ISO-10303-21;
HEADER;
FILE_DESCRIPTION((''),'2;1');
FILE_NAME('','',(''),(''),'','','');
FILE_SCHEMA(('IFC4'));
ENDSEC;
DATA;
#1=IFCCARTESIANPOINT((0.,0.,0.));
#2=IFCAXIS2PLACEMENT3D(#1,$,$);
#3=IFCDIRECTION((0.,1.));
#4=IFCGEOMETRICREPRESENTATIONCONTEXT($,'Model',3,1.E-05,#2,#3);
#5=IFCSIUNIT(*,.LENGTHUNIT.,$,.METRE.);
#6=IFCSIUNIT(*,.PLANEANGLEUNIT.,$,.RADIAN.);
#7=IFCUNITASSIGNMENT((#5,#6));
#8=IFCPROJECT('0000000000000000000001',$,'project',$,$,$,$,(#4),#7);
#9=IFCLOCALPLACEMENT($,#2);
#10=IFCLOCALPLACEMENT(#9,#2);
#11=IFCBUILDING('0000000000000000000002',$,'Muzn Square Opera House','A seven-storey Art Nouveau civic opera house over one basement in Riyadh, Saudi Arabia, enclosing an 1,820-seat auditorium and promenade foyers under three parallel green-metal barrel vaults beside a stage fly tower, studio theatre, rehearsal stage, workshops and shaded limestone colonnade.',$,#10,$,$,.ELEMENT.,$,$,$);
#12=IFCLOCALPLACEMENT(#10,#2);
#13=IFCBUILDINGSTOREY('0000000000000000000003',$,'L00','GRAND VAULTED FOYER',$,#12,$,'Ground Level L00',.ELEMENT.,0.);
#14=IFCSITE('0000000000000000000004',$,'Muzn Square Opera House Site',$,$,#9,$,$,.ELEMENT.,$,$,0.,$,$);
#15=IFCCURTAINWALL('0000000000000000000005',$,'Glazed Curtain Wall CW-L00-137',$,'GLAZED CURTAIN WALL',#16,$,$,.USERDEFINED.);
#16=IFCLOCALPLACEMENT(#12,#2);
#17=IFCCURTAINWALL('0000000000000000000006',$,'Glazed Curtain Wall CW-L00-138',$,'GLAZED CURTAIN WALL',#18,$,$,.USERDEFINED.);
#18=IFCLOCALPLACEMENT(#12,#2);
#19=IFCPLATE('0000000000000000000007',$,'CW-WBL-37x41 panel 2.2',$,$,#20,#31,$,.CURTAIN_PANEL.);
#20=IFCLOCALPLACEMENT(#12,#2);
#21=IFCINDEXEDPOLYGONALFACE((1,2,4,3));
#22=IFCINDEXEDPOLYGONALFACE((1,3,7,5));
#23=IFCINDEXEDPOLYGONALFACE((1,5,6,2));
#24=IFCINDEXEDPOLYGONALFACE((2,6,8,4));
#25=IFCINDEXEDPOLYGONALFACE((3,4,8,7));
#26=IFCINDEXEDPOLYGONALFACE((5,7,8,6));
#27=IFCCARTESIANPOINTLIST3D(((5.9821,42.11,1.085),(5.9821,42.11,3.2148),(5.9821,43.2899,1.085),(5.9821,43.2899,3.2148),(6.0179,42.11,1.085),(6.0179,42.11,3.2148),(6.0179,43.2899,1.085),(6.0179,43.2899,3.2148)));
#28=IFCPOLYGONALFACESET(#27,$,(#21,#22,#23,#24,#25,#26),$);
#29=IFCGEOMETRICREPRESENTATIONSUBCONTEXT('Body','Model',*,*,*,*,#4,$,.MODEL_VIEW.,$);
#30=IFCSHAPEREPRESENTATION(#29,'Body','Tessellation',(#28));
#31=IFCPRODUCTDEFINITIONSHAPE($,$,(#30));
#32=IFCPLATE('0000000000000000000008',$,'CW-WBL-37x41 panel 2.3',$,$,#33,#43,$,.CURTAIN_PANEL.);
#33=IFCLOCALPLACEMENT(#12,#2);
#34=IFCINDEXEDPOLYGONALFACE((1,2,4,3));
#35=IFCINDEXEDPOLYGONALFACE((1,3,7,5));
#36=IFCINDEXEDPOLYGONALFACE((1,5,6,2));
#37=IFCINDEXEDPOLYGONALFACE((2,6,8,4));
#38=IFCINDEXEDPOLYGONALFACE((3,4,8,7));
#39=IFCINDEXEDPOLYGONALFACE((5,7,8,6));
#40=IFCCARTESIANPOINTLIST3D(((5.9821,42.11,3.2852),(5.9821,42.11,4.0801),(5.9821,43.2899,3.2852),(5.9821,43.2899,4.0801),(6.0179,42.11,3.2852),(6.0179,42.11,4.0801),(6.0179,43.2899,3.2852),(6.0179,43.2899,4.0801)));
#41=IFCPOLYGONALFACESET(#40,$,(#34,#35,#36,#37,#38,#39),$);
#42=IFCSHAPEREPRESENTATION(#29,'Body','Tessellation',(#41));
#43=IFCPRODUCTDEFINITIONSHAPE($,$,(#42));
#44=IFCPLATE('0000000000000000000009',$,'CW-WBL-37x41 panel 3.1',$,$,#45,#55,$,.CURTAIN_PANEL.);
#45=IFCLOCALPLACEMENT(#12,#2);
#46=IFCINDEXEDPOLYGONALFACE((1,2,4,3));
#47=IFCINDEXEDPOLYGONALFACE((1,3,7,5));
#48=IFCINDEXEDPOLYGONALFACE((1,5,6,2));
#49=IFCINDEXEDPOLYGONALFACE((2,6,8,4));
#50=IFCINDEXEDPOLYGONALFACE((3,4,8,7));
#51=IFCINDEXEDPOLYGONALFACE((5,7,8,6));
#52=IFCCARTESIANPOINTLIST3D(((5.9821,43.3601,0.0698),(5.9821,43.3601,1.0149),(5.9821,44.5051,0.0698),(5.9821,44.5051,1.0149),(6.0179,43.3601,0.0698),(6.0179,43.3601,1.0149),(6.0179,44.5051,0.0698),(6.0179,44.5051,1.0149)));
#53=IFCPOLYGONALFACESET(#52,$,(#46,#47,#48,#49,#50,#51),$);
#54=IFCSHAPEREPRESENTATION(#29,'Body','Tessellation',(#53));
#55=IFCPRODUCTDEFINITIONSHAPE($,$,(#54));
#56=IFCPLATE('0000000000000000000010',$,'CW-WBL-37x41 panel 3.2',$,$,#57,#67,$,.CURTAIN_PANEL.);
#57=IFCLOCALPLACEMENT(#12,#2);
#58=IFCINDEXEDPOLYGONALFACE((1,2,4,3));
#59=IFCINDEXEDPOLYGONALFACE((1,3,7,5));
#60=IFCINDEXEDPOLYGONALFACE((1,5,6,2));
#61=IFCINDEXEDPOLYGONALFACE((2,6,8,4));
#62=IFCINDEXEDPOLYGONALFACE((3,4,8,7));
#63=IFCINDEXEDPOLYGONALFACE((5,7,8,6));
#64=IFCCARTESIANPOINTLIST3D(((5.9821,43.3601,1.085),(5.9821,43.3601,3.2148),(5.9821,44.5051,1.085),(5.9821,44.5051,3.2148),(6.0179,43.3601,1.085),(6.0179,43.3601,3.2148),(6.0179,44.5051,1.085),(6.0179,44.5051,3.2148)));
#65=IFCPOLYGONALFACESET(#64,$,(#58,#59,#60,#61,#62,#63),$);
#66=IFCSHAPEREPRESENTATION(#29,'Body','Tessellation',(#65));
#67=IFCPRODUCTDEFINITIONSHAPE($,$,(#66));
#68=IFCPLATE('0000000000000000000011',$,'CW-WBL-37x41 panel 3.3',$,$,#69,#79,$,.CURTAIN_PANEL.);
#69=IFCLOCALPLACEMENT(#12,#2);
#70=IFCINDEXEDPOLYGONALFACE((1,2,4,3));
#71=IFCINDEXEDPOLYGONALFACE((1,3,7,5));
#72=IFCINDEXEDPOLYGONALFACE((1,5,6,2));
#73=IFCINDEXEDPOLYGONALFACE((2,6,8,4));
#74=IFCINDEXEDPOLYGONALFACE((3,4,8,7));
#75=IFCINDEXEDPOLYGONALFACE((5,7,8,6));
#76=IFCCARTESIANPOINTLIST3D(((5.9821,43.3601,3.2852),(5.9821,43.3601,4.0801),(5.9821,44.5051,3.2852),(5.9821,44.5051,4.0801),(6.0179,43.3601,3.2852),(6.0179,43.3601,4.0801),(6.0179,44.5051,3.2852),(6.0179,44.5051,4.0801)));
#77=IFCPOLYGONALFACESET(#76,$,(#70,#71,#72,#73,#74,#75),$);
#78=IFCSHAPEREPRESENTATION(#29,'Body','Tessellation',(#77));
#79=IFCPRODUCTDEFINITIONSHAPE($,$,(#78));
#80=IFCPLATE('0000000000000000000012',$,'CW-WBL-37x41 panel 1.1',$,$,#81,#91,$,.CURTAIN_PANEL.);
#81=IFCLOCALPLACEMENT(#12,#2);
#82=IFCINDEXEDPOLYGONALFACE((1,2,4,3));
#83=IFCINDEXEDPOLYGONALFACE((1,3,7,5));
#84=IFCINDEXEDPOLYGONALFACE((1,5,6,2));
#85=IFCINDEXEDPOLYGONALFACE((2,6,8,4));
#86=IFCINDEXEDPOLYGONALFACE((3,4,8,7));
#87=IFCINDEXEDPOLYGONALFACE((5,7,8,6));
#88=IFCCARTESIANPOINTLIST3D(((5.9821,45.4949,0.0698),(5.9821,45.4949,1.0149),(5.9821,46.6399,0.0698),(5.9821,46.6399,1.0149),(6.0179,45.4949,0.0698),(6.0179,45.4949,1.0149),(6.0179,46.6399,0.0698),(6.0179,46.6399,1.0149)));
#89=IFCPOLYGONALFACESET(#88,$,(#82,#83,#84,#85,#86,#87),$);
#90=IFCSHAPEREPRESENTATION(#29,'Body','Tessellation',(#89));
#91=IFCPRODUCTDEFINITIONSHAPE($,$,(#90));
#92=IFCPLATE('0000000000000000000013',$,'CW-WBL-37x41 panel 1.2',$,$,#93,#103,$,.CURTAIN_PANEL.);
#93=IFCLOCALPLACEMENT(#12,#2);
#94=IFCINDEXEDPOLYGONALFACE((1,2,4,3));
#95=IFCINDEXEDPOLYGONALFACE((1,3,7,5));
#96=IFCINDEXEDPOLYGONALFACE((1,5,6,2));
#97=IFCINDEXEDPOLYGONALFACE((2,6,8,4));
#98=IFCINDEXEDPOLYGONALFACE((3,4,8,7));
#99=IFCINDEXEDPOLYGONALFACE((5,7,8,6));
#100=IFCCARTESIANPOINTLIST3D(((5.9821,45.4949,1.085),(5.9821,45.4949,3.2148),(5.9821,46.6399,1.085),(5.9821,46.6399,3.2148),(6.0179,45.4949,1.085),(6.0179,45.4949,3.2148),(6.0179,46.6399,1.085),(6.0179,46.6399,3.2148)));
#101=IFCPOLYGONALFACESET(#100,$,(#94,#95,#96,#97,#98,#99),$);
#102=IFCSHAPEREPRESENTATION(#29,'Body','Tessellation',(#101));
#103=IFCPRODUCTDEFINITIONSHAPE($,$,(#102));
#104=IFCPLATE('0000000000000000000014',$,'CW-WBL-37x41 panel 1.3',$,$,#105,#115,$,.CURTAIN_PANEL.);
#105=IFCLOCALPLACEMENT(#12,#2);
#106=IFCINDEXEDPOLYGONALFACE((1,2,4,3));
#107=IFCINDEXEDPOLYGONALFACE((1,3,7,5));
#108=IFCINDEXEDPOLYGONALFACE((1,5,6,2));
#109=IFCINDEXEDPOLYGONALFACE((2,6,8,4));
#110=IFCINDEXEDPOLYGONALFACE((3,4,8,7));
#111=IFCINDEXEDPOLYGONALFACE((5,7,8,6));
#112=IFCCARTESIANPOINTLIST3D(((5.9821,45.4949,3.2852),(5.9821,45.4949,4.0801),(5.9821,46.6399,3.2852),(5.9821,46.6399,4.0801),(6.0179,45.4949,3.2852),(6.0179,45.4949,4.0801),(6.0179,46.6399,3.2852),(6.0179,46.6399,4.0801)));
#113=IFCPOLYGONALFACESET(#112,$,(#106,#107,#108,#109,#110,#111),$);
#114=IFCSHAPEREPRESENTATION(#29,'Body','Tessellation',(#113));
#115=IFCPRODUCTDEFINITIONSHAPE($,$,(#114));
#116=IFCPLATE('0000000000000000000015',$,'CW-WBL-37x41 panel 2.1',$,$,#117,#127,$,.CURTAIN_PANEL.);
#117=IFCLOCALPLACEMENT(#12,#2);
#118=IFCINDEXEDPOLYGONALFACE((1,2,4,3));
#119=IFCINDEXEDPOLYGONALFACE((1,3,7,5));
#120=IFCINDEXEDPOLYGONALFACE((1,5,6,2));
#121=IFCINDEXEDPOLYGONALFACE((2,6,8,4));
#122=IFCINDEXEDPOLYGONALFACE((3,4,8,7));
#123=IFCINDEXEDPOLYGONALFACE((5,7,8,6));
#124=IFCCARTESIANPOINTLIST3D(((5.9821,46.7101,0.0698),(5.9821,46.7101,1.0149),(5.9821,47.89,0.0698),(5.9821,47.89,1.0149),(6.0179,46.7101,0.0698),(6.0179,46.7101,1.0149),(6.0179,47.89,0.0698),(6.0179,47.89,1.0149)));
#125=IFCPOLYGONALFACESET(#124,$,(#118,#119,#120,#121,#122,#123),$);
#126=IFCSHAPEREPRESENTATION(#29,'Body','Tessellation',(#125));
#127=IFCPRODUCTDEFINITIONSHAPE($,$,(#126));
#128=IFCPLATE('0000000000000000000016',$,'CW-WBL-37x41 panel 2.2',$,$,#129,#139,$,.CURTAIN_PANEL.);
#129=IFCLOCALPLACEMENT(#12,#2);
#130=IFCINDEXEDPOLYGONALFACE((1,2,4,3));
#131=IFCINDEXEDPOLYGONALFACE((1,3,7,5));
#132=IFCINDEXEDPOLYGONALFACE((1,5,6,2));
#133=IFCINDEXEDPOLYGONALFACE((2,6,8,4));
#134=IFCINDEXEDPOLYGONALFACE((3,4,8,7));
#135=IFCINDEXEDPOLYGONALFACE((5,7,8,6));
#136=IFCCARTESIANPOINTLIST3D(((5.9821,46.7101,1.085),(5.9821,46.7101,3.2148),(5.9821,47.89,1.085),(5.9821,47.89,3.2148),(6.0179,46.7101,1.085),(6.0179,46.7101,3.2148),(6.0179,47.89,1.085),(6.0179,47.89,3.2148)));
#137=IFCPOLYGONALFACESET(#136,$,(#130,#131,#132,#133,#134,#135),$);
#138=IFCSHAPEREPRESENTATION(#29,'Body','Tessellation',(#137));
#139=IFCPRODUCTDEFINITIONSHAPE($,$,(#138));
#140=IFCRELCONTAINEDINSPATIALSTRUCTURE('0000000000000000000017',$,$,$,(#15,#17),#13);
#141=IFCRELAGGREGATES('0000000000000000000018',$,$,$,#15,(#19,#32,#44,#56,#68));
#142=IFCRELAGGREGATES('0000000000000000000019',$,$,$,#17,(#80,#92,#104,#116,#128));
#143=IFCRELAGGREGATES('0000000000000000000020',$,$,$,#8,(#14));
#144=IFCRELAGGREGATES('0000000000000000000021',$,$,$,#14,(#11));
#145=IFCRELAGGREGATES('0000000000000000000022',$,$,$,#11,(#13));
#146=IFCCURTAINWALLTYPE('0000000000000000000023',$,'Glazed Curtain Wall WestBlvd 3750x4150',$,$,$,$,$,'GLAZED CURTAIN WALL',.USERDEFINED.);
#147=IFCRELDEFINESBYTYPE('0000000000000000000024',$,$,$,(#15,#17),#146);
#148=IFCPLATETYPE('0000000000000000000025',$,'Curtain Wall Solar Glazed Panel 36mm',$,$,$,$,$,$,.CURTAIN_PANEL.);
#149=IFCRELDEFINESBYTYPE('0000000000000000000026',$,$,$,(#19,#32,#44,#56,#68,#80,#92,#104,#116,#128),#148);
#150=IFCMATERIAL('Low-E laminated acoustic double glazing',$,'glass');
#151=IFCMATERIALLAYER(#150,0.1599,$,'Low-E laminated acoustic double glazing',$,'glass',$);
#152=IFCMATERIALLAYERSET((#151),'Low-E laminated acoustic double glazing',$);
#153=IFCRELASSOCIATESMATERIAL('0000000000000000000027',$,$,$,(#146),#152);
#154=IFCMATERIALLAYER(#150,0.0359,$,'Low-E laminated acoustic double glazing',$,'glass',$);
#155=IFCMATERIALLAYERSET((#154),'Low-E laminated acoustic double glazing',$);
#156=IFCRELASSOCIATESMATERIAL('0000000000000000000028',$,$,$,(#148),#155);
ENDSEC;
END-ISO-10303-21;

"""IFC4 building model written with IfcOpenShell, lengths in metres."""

from ifc_helpers import new_model, si_unit, direction, frame, origin, origin_2d, place, context, subcontext, project, spatial, rectangle, extrude, material, layer, layer_set, type_object, element, aggregate, save


model = new_model("IFC4")

# Units and contexts
model_context = context("Model", 3, precision=1e-05, world=origin(), true_north=direction((0.0, 1.0)))
body_context = subcontext(model_context, "Body", "Model", "MODEL_VIEW")
ifc_project = project(units=[si_unit("LENGTHUNIT", "METRE"), si_unit("PLANEANGLEUNIT", "RADIAN")], contexts=[model_context])

# Site, building, storey
site_placement = place(None, origin())
site = spatial("IfcSite", under=ifc_project, at=site_placement, Name="Muzn Square Opera House Site", CompositionType="ELEMENT", RefElevation=0.0)
building_placement = place(site_placement, origin())
building = spatial("IfcBuilding", under=site, at=building_placement, Name="Muzn Square Opera House", Description="A seven-storey Art Nouveau civic opera house over one basement in Riyadh, Saudi Arabia, enclosing an 1,820-seat auditorium and promenade foyers under three parallel green-metal barrel vaults beside a stage fly tower, studio theatre, rehearsal stage, workshops and shaded limestone colonnade.", CompositionType="ELEMENT")
storey_placement = place(building_placement, origin())
storey = spatial("IfcBuildingStorey", under=building, at=storey_placement, Name="L00", Description="GRAND VAULTED FOYER", LongName="Ground Level L00", CompositionType="ELEMENT", Elevation=0.0)

# Curtain walls
ifc_material_1 = material(Name="Low-E laminated acoustic double glazing", Category="glass")
ifc_layer_1 = layer(ifc_material_1, 0.1599, Name="Low-E laminated acoustic double glazing", Category="glass")
ifc_layer_set_1 = layer_set([ifc_layer_1], Name="Low-E laminated acoustic double glazing")
curtain_wall_type = type_object("IfcCurtainWallType", Name="Glazed Curtain Wall WestBlvd 3750x4150", ElementType="GLAZED CURTAIN WALL", PredefinedType="USERDEFINED", material=ifc_layer_set_1)
curtain_wall_1_placement = place(storey_placement, origin())
curtain_wall_1 = element("IfcCurtainWall", 1, at=curtain_wall_1_placement, inside=storey, type_object=curtain_wall_type, Name="Glazed Curtain Wall CW-L00-137", ObjectType="GLAZED CURTAIN WALL", PredefinedType="USERDEFINED")
curtain_wall_2_placement = place(storey_placement, origin())
curtain_wall_2 = element("IfcCurtainWall", 2, at=curtain_wall_2_placement, inside=storey, type_object=curtain_wall_type, Name="Glazed Curtain Wall CW-L00-138", ObjectType="GLAZED CURTAIN WALL", PredefinedType="USERDEFINED")

# Plates
ifc_layer_2 = layer(ifc_material_1, 0.0359, Name="Low-E laminated acoustic double glazing", Category="glass")
ifc_layer_set_2 = layer_set([ifc_layer_2], Name="Low-E laminated acoustic double glazing")
plate_type = type_object("IfcPlateType", Name="Curtain Wall Solar Glazed Panel 36mm", PredefinedType="CURTAIN_PANEL", material=ifc_layer_set_2)
plate_1_placement = place(storey_placement, frame((6.0, 42.7, 1.085), z_axis=(0.0, 0.0, 1.0), x_axis=(0.0, 1.0, 0.0)))
plate_1 = element("IfcPlate", 3, at=plate_1_placement, type_object=plate_type, Name="CW-WBL-37x41 panel 2.2", PredefinedType="CURTAIN_PANEL", context=body_context, shape_type="SweptSolid", body=[
    extrude(rectangle(XDim=1.1799, YDim=0.0359, at=origin_2d()), origin(), (0.0, 0.0, 1.0), 2.1299),
])
plate_2_placement = place(storey_placement, frame((6.0, 42.7, 3.2852), z_axis=(0.0, 0.0, 1.0), x_axis=(0.0, 1.0, 0.0)))
plate_2 = element("IfcPlate", 4, at=plate_2_placement, type_object=plate_type, Name="CW-WBL-37x41 panel 2.3", PredefinedType="CURTAIN_PANEL", context=body_context, shape_type="SweptSolid", body=[
    extrude(rectangle(XDim=1.1799, YDim=0.0359, at=origin_2d()), origin(), (0.0, 0.0, 1.0), 0.7949),
])
plate_3_placement = place(storey_placement, frame((6.0, 43.9326, 0.0698), z_axis=(0.0, 0.0, 1.0), x_axis=(0.0, 1.0, 0.0)))
plate_3 = element("IfcPlate", 5, at=plate_3_placement, type_object=plate_type, Name="CW-WBL-37x41 panel 3.1", PredefinedType="CURTAIN_PANEL", context=body_context, shape_type="SweptSolid", body=[
    extrude(rectangle(XDim=1.145, YDim=0.0359, at=origin_2d()), origin(), (0.0, 0.0, 1.0), 0.9451),
])
plate_4_placement = place(storey_placement, frame((6.0, 43.9326, 1.085), z_axis=(0.0, 0.0, 1.0), x_axis=(0.0, 1.0, 0.0)))
plate_4 = element("IfcPlate", 6, at=plate_4_placement, type_object=plate_type, Name="CW-WBL-37x41 panel 3.2", PredefinedType="CURTAIN_PANEL", context=body_context, shape_type="SweptSolid", body=[
    extrude(rectangle(XDim=1.145, YDim=0.0359, at=origin_2d()), origin(), (0.0, 0.0, 1.0), 2.1299),
])
plate_5_placement = place(storey_placement, frame((6.0, 43.9326, 3.2852), z_axis=(0.0, 0.0, 1.0), x_axis=(0.0, 1.0, 0.0)))
plate_5 = element("IfcPlate", 7, at=plate_5_placement, type_object=plate_type, Name="CW-WBL-37x41 panel 3.3", PredefinedType="CURTAIN_PANEL", context=body_context, shape_type="SweptSolid", body=[
    extrude(rectangle(XDim=1.145, YDim=0.0359, at=origin_2d()), origin(), (0.0, 0.0, 1.0), 0.7949),
])
aggregate(curtain_wall_1, [plate_1, plate_2, plate_3, plate_4, plate_5])
plate_6_placement = place(storey_placement, frame((6.0, 46.0674, 0.0698), z_axis=(0.0, 0.0, 1.0), x_axis=(0.0, 1.0, 0.0)))
plate_6 = element("IfcPlate", 8, at=plate_6_placement, type_object=plate_type, Name="CW-WBL-37x41 panel 1.1", PredefinedType="CURTAIN_PANEL", context=body_context, shape_type="SweptSolid", body=[
    extrude(rectangle(XDim=1.145, YDim=0.0359, at=origin_2d()), origin(), (0.0, 0.0, 1.0), 0.9451),
])
plate_7_placement = place(storey_placement, frame((6.0, 46.0674, 1.085), z_axis=(0.0, 0.0, 1.0), x_axis=(0.0, 1.0, 0.0)))
plate_7 = element("IfcPlate", 9, at=plate_7_placement, type_object=plate_type, Name="CW-WBL-37x41 panel 1.2", PredefinedType="CURTAIN_PANEL", context=body_context, shape_type="SweptSolid", body=[
    extrude(rectangle(XDim=1.145, YDim=0.0359, at=origin_2d()), origin(), (0.0, 0.0, 1.0), 2.1299),
])
plate_8_placement = place(storey_placement, frame((6.0, 46.0674, 3.2852), z_axis=(0.0, 0.0, 1.0), x_axis=(0.0, 1.0, 0.0)))
plate_8 = element("IfcPlate", 10, at=plate_8_placement, type_object=plate_type, Name="CW-WBL-37x41 panel 1.3", PredefinedType="CURTAIN_PANEL", context=body_context, shape_type="SweptSolid", body=[
    extrude(rectangle(XDim=1.145, YDim=0.0359, at=origin_2d()), origin(), (0.0, 0.0, 1.0), 0.7949),
])
plate_9_placement = place(storey_placement, frame((6.0, 47.3, 0.0698), z_axis=(0.0, 0.0, 1.0), x_axis=(0.0, 1.0, 0.0)))
plate_9 = element("IfcPlate", 11, at=plate_9_placement, type_object=plate_type, Name="CW-WBL-37x41 panel 2.1", PredefinedType="CURTAIN_PANEL", context=body_context, shape_type="SweptSolid", body=[
    extrude(rectangle(XDim=1.1799, YDim=0.0359, at=origin_2d()), origin(), (0.0, 0.0, 1.0), 0.9451),
])
plate_10_placement = place(storey_placement, frame((6.0, 47.3, 1.085), z_axis=(0.0, 0.0, 1.0), x_axis=(0.0, 1.0, 0.0)))
plate_10 = element("IfcPlate", 12, at=plate_10_placement, type_object=plate_type, Name="CW-WBL-37x41 panel 2.2", PredefinedType="CURTAIN_PANEL", context=body_context, shape_type="SweptSolid", body=[
    extrude(rectangle(XDim=1.1799, YDim=0.0359, at=origin_2d()), origin(), (0.0, 0.0, 1.0), 2.1299),
])
aggregate(curtain_wall_2, [plate_6, plate_7, plate_8, plate_9, plate_10])

save(model, "model.ifc")
